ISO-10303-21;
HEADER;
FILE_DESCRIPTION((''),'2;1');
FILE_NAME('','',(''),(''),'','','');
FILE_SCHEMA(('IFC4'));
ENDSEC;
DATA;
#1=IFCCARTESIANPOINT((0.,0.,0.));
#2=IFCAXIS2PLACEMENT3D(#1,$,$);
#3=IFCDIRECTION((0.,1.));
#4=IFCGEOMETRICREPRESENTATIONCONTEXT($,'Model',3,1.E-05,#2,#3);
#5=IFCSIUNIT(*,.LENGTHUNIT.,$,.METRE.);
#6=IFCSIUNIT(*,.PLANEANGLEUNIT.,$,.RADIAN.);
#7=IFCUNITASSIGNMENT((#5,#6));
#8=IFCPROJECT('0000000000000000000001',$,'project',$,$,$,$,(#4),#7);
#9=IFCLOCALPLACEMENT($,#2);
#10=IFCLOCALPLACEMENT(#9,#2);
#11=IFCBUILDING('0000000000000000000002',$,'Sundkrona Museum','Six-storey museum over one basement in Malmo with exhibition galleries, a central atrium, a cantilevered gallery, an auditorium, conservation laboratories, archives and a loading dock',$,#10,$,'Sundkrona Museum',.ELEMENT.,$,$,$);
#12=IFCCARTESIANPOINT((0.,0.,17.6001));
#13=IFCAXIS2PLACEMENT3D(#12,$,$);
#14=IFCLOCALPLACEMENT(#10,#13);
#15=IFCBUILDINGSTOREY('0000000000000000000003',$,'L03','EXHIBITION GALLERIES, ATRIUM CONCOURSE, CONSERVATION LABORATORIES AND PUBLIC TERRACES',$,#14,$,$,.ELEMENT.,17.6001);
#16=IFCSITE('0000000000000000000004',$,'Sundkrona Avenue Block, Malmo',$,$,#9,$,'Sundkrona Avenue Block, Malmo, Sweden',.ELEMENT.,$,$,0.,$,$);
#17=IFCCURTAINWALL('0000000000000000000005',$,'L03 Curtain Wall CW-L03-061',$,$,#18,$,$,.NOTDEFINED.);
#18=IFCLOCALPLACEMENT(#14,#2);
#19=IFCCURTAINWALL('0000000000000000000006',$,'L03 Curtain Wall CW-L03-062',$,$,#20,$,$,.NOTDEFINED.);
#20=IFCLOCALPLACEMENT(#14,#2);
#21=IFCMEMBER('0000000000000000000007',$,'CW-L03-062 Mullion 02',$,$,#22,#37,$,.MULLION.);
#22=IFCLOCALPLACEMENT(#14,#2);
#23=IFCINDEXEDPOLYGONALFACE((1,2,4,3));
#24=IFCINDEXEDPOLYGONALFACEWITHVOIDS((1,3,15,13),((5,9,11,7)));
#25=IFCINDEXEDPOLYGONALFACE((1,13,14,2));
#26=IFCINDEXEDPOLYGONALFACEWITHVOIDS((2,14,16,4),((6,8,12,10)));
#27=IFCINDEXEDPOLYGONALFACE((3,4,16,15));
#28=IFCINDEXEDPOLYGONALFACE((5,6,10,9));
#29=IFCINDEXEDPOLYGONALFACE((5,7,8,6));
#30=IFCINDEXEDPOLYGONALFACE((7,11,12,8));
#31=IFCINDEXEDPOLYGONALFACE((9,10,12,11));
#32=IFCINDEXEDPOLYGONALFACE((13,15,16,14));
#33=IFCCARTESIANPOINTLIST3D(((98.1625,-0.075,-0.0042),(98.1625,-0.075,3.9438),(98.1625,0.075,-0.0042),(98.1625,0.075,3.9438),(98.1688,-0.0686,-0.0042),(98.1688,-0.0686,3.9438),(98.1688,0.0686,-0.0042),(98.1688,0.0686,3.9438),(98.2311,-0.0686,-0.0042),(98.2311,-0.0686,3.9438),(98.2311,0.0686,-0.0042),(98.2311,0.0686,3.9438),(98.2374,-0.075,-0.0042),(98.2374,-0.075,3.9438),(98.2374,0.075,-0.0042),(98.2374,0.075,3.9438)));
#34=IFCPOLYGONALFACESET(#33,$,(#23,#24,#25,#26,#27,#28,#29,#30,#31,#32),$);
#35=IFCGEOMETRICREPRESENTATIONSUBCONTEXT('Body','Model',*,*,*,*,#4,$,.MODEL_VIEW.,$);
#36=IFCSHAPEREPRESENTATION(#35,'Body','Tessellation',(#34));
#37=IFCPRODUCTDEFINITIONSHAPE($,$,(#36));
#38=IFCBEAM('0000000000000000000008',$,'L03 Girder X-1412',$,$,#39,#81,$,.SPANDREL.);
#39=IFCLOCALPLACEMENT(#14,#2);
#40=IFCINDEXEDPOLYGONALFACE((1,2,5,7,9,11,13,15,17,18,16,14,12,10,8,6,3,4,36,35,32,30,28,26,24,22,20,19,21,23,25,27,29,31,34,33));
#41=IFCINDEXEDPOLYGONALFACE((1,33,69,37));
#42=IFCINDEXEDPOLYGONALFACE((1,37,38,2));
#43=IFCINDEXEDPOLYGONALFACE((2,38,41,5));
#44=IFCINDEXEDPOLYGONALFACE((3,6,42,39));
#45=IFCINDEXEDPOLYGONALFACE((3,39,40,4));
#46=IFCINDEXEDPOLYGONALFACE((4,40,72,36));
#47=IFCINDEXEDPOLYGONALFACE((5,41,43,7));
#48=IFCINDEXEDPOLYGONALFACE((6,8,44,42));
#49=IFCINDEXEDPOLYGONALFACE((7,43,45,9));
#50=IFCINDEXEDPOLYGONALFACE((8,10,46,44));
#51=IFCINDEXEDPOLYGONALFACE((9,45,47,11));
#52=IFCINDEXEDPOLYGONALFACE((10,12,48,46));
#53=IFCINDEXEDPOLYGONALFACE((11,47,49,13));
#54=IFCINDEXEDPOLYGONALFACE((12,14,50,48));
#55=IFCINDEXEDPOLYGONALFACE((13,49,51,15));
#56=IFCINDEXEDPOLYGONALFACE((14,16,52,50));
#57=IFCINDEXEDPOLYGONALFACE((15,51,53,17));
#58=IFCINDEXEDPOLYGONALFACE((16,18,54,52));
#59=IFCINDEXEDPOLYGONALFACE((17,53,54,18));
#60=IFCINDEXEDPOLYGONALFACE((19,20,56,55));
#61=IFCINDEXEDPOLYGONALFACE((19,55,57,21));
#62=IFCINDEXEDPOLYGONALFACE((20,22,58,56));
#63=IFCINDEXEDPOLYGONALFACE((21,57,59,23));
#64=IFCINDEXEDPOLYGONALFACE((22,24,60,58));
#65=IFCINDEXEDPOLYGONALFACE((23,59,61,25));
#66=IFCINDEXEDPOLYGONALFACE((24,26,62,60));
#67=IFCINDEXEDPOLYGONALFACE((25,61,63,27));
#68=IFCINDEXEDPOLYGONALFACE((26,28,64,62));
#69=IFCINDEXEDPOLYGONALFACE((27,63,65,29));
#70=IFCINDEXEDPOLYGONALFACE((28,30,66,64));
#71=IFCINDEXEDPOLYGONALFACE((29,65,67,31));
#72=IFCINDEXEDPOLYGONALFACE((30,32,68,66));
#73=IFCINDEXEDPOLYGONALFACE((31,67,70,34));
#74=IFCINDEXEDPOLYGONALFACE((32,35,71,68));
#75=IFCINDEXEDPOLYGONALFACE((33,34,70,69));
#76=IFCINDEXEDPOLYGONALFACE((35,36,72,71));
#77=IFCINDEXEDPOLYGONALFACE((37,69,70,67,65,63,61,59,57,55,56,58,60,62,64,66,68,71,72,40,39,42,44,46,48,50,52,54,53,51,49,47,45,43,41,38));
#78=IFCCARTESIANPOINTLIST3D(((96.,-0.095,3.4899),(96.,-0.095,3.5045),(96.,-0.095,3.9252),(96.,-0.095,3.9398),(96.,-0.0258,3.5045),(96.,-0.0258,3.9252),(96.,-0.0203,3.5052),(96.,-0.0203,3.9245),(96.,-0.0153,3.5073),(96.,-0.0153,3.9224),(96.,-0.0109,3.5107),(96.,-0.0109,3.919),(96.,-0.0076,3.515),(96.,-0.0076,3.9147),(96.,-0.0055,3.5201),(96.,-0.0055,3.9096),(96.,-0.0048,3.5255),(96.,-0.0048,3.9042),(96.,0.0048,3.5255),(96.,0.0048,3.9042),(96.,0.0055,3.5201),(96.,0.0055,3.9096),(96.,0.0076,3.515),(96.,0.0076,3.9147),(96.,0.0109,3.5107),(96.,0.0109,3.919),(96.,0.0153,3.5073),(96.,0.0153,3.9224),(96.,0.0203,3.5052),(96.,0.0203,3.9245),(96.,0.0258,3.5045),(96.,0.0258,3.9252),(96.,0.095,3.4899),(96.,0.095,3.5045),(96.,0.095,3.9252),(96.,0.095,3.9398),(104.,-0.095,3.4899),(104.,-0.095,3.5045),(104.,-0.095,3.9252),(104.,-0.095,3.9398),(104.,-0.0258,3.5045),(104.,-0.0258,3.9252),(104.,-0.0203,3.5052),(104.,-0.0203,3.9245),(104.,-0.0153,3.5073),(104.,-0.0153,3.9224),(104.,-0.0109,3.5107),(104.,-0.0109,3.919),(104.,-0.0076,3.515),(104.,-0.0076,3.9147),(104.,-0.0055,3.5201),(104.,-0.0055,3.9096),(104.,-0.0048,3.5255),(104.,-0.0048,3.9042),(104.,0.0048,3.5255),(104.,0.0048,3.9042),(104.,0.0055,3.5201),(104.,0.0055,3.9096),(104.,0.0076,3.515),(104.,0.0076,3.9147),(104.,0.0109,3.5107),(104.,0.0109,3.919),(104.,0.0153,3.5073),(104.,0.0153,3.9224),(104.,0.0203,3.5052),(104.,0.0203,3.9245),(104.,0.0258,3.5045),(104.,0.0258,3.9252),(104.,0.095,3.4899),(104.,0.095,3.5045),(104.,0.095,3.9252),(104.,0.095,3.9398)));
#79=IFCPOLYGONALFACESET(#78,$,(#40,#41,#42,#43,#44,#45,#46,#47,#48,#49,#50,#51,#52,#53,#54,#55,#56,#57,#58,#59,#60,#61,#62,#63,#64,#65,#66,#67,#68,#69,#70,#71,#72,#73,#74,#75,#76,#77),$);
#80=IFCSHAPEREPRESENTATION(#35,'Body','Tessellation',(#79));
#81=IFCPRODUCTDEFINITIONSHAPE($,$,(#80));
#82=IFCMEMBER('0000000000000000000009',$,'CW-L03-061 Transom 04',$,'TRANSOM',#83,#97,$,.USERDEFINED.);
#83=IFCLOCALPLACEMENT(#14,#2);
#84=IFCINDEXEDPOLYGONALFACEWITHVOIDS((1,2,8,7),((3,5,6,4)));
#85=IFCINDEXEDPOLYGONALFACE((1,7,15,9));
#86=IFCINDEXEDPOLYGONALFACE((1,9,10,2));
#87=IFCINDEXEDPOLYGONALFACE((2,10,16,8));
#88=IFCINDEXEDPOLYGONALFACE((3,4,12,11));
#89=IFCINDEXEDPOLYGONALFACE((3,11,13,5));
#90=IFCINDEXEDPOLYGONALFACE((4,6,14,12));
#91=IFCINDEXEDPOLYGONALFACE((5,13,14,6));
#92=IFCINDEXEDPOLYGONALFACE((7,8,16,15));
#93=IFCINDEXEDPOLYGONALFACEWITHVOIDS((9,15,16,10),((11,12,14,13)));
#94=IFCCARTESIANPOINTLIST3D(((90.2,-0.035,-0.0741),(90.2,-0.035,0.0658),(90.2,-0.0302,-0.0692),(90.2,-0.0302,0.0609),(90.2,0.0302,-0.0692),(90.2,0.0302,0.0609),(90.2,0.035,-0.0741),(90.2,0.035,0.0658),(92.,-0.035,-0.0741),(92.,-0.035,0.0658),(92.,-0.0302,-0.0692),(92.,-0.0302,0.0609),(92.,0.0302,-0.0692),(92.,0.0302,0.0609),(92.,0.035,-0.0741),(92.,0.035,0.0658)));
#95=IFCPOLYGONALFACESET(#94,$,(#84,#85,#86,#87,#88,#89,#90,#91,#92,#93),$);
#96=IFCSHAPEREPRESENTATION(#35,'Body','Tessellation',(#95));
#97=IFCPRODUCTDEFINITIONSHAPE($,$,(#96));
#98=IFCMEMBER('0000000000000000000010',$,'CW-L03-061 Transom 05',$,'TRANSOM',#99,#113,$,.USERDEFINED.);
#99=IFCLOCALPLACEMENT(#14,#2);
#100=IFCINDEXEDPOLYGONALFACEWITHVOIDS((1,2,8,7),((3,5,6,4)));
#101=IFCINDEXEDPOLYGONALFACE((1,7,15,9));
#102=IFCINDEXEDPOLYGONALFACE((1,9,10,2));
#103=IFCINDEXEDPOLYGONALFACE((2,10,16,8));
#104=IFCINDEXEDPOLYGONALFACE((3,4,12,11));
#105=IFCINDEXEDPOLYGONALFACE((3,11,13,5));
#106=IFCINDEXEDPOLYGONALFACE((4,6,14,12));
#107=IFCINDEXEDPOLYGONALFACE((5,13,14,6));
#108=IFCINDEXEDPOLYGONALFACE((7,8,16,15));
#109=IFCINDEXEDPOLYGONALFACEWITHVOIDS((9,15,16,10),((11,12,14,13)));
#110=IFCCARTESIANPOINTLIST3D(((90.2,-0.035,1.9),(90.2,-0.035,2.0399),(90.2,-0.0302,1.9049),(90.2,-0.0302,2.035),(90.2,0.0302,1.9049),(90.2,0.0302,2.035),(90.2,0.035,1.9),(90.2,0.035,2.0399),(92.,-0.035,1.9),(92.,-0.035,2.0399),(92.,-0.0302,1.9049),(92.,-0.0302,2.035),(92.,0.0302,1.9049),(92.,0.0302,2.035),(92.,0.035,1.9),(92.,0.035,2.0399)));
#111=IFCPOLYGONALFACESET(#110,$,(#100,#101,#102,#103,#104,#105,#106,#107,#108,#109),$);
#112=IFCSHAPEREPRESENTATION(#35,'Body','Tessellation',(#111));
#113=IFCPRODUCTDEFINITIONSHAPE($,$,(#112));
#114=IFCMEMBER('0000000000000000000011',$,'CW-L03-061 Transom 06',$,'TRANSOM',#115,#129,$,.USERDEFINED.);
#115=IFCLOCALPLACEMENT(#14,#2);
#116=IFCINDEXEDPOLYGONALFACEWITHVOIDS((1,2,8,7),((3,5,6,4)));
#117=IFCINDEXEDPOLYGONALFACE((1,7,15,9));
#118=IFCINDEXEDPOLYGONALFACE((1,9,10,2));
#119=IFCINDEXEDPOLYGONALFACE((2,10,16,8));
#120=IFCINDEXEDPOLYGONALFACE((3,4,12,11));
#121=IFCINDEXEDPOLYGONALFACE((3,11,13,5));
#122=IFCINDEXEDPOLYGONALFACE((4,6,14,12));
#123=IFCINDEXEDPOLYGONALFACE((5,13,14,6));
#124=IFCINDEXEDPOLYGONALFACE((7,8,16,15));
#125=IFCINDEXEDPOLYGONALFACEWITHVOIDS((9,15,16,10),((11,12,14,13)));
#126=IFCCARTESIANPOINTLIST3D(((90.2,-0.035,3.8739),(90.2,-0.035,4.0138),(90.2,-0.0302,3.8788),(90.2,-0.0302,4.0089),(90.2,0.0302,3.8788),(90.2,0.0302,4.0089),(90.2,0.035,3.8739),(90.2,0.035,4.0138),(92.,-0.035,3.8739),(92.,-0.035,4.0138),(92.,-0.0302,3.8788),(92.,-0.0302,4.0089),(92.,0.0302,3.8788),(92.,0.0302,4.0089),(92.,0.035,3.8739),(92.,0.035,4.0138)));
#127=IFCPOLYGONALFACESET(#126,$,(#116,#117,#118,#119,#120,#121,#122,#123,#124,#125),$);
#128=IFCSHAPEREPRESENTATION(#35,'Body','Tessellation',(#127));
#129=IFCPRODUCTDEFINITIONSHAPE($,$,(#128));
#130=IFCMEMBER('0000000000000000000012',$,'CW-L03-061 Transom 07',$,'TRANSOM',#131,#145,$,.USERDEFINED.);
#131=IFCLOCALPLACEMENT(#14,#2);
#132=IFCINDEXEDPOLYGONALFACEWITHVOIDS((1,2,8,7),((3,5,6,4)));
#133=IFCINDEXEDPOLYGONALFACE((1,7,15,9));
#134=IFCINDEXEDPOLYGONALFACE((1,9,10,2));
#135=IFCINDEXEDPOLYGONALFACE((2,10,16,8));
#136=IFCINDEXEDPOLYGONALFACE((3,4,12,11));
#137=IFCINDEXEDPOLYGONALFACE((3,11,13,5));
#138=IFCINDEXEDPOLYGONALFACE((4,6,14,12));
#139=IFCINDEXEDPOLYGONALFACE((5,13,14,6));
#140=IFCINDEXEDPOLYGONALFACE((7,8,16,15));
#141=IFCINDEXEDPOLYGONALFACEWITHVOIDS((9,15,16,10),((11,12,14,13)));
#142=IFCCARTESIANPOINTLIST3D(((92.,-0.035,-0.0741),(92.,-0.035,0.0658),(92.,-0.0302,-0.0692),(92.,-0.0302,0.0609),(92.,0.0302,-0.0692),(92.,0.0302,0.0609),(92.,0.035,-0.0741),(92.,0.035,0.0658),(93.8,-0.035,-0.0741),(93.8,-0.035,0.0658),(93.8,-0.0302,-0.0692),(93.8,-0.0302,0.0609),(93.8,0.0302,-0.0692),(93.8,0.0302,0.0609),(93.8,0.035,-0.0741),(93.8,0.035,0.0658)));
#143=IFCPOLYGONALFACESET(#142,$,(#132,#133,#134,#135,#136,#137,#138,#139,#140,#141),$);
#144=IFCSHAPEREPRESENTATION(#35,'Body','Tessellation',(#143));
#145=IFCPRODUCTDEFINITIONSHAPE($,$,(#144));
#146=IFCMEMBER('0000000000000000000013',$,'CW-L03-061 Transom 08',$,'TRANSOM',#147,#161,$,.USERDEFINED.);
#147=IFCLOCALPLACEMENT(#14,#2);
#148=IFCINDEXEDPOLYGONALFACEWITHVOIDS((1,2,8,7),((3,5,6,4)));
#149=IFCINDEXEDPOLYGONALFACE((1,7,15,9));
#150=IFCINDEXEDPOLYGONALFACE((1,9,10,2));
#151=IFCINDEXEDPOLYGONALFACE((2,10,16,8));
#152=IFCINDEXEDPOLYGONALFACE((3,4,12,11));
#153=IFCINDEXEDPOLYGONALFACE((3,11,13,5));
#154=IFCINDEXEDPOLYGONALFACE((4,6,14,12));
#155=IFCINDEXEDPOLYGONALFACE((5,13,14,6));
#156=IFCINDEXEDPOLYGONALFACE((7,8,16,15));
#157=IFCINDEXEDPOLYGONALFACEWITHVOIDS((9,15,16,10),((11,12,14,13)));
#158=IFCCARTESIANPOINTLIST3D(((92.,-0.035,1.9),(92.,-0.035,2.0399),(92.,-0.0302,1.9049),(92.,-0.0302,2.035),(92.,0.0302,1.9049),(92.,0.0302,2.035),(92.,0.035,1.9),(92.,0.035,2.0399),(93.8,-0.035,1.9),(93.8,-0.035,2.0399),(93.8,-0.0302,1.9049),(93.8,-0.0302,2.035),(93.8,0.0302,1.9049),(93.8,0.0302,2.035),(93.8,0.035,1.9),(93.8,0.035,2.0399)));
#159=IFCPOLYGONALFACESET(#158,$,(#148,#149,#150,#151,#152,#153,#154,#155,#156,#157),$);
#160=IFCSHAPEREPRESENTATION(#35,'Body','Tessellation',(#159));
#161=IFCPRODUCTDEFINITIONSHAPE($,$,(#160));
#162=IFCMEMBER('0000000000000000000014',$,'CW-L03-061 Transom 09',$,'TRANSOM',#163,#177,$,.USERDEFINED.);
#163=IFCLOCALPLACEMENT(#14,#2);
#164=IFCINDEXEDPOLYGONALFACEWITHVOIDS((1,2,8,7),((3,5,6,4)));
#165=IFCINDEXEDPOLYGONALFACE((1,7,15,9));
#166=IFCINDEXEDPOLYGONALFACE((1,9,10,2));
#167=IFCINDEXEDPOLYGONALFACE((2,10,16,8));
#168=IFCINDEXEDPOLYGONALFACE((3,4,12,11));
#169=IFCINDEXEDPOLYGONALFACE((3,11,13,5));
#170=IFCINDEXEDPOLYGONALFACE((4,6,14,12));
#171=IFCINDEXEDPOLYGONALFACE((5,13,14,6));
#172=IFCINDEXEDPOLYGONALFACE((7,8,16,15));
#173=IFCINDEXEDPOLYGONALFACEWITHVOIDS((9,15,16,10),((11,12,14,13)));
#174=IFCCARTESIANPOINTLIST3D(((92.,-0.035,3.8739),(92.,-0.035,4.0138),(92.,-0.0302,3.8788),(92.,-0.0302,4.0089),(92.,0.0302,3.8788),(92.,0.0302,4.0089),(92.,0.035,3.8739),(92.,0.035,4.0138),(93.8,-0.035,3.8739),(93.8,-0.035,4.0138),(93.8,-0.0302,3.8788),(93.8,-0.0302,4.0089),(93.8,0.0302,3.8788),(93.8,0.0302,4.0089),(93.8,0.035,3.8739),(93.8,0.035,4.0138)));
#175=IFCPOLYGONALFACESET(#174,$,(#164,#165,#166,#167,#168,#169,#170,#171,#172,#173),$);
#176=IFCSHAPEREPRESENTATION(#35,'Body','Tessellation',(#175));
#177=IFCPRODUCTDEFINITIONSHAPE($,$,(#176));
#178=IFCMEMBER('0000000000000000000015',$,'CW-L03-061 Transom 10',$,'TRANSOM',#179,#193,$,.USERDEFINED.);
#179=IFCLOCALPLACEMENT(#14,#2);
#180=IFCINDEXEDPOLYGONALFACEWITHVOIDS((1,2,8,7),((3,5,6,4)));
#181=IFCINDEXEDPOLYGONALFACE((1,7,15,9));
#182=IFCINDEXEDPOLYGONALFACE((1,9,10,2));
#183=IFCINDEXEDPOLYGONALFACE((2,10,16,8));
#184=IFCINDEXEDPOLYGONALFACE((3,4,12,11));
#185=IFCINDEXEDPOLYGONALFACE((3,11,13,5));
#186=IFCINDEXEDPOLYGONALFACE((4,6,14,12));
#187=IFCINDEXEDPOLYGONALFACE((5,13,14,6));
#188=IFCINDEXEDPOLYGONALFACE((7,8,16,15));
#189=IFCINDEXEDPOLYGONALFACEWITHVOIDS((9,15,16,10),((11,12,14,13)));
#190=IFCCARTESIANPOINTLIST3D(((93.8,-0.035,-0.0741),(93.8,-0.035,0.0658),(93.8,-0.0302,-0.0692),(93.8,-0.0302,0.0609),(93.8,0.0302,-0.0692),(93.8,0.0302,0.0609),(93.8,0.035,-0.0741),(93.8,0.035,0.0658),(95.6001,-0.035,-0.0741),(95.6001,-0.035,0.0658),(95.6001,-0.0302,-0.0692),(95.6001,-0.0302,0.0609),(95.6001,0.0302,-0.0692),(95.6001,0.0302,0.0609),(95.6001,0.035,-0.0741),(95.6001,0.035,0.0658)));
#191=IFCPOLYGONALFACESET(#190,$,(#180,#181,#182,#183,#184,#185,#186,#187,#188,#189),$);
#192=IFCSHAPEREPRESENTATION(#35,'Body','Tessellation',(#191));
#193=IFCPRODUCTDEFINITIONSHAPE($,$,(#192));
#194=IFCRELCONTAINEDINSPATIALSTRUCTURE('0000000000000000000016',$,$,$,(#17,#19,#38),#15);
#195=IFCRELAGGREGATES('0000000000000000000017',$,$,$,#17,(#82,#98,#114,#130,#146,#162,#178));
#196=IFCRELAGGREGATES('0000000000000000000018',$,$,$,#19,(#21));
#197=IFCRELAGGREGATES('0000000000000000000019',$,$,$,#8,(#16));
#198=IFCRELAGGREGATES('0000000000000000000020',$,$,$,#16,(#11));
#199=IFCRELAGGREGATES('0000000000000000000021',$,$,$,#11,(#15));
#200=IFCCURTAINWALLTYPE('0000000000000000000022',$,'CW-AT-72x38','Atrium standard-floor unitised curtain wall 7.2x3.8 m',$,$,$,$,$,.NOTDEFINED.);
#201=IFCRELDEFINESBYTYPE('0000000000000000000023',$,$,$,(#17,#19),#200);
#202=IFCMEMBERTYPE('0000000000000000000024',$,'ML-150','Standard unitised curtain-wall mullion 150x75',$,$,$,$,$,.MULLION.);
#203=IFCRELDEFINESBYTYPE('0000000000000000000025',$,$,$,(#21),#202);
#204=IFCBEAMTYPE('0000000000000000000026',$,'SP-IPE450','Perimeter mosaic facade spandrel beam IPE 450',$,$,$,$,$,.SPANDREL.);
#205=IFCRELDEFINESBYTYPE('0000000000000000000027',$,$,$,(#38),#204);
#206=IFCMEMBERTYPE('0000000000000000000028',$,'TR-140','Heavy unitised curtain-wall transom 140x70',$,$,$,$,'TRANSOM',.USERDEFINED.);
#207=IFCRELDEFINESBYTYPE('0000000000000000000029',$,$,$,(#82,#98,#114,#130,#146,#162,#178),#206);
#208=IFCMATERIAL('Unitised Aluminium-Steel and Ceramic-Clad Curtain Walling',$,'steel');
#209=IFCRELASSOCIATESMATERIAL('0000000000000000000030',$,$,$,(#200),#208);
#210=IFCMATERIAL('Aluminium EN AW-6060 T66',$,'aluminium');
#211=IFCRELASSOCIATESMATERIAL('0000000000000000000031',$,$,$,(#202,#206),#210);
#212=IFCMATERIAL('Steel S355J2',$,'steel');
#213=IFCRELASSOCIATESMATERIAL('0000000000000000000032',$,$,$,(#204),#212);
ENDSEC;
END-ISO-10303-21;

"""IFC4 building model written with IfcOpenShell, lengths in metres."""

from ifc_helpers import new_model, si_unit, direction, frame, origin, origin_2d, place, context, subcontext, project, spatial, hollow_rectangle, i_section, extrude, material, material_profile, profile_set, type_object, element, aggregate, save


model = new_model("IFC4")

# Units and contexts
model_context = context("Model", 3, precision=1e-05, world=origin(), true_north=direction((0.0, 1.0)))
body_context = subcontext(model_context, "Body", "Model", "MODEL_VIEW")
ifc_project = project(units=[si_unit("LENGTHUNIT", "METRE"), si_unit("PLANEANGLEUNIT", "RADIAN")], contexts=[model_context])

# Site, building, storey
site_placement = place(None, origin())
site = spatial("IfcSite", under=ifc_project, at=site_placement, Name="Sundkrona Avenue Block, Malmo", LongName="Sundkrona Avenue Block, Malmo, Sweden", CompositionType="ELEMENT", RefElevation=0.0)
building_placement = place(site_placement, origin())
building = spatial("IfcBuilding", under=site, at=building_placement, Name="Sundkrona Museum", Description="Six-storey museum over one basement in Malmo with exhibition galleries, a central atrium, a cantilevered gallery, an auditorium, conservation laboratories, archives and a loading dock", LongName="Sundkrona Museum", CompositionType="ELEMENT")
storey_placement = place(building_placement, frame((0.0, 0.0, 17.6001)))
storey = spatial("IfcBuildingStorey", under=building, at=storey_placement, Name="L03", Description="EXHIBITION GALLERIES, ATRIUM CONCOURSE, CONSERVATION LABORATORIES AND PUBLIC TERRACES", CompositionType="ELEMENT", Elevation=17.6001)

# Shared definitions
ifc_material_1 = material(Name="Steel S355J2", Category="steel")

# Curtain walls, member
ifc_material_2 = material(Name="Unitised Aluminium-Steel and Ceramic-Clad Curtain Walling", Category="steel")
curtain_wall_type = type_object("IfcCurtainWallType", Name="CW-AT-72x38", Description="Atrium standard-floor unitised curtain wall 7.2x3.8 m", PredefinedType="NOTDEFINED", material=ifc_material_2)
curtain_wall_1_placement = place(storey_placement, origin())
curtain_wall_1 = element("IfcCurtainWall", 1, at=curtain_wall_1_placement, inside=storey, type_object=curtain_wall_type, Name="L03 Curtain Wall CW-L03-061", PredefinedType="NOTDEFINED")
ifc_material_3 = material(Name="Aluminium EN AW-6060 T66", Category="aluminium")
ifc_material_profile_1 = material_profile(ifc_material_3, hollow_rectangle(XDim=0.075, YDim=0.1499, WallThickness=0.0063, at=origin_2d()), Name="RHS 150x75x6.3")
ifc_profile_set_1 = profile_set([ifc_material_profile_1], Name="Aluminium EN AW-6060 T66")
member_type_1 = type_object("IfcMemberType", Name="ML-150", Description="Standard unitised curtain-wall mullion 150x75", PredefinedType="MULLION", material=ifc_profile_set_1)
curtain_wall_2_placement = place(storey_placement, origin())
curtain_wall_2 = element("IfcCurtainWall", 2, at=curtain_wall_2_placement, inside=storey, type_object=curtain_wall_type, Name="L03 Curtain Wall CW-L03-062", PredefinedType="NOTDEFINED")
member_1_placement = place(storey_placement, frame((98.2, 0.0, -0.0042), z_axis=(0.0, 0.0, 1.0), x_axis=(1.0, 0.0, 0.0)))
member_1 = element("IfcMember", 3, at=member_1_placement, type_object=member_type_1, Name="CW-L03-062 Mullion 02", PredefinedType="MULLION", context=body_context, shape_type="SweptSolid", body=[
    extrude(hollow_rectangle(XDim=0.075, YDim=0.1499, WallThickness=0.0063, at=origin_2d()), origin(), (0.0, 0.0, 1.0), 3.948),
])

# Beam
ifc_material_profile_2 = material_profile(ifc_material_1, i_section(OverallWidth=0.1899, OverallDepth=0.45, WebThickness=0.0095, FlangeThickness=0.0146, FilletRadius=0.021, at=origin_2d()), Name="IPE 450")
ifc_profile_set_2 = profile_set([ifc_material_profile_2], Name="Steel S355J2")
beam_type_1 = type_object("IfcBeamType", Name="SP-IPE450", Description="Perimeter mosaic facade spandrel beam IPE 450", PredefinedType="SPANDREL", material=ifc_profile_set_2)
beam_1_placement = place(storey_placement, frame((96.0, 0.0, 3.7148), z_axis=(1.0, 0.0, 0.0), x_axis=(0.0, 1.0, 0.0)))
element("IfcBeam", 4, at=beam_1_placement, inside=storey, type_object=beam_type_1, Name="L03 Girder X-1412", PredefinedType="SPANDREL", context=body_context, shape_type="SweptSolid", body=[
    extrude(i_section(OverallWidth=0.1899, OverallDepth=0.45, WebThickness=0.0095, FlangeThickness=0.0146, FilletRadius=0.021, at=origin_2d()), origin(), (0.0, 0.0, 1.0), 8.0),
])

# Members
ifc_material_profile_3 = material_profile(ifc_material_3, hollow_rectangle(XDim=0.0701, YDim=0.1399, WallThickness=0.0049, at=origin_2d()), Name="RHS 140x70x5.0")
ifc_profile_set_3 = profile_set([ifc_material_profile_3], Name="Aluminium EN AW-6060 T66")
member_type_2 = type_object("IfcMemberType", Name="TR-140", Description="Heavy unitised curtain-wall transom 140x70", ElementType="TRANSOM", PredefinedType="USERDEFINED", material=ifc_profile_set_3)
member_2_placement = place(storey_placement, frame((90.2, 0.0, -0.0042), z_axis=(1.0, 0.0, 0.0), x_axis=(0.0, 1.0, 0.0)))
member_2 = element("IfcMember", 5, at=member_2_placement, type_object=member_type_2, Name="CW-L03-061 Transom 04", ObjectType="TRANSOM", PredefinedType="USERDEFINED", context=body_context, shape_type="SweptSolid", body=[
    extrude(hollow_rectangle(XDim=0.0701, YDim=0.1399, WallThickness=0.0049, at=origin_2d()), origin(), (0.0, 0.0, 1.0), 1.8),
])
member_3_placement = place(storey_placement, frame((90.2, 0.0, 1.97), z_axis=(1.0, 0.0, 0.0), x_axis=(0.0, 1.0, 0.0)))
member_3 = element("IfcMember", 6, at=member_3_placement, type_object=member_type_2, Name="CW-L03-061 Transom 05", ObjectType="TRANSOM", PredefinedType="USERDEFINED", context=body_context, shape_type="SweptSolid", body=[
    extrude(hollow_rectangle(XDim=0.0701, YDim=0.1399, WallThickness=0.0049, at=origin_2d()), origin(), (0.0, 0.0, 1.0), 1.8),
])
member_4_placement = place(storey_placement, frame((90.2, 0.0, 3.9438), z_axis=(1.0, 0.0, 0.0), x_axis=(0.0, 1.0, 0.0)))
member_4 = element("IfcMember", 7, at=member_4_placement, type_object=member_type_2, Name="CW-L03-061 Transom 06", ObjectType="TRANSOM", PredefinedType="USERDEFINED", context=body_context, shape_type="SweptSolid", body=[
    extrude(hollow_rectangle(XDim=0.0701, YDim=0.1399, WallThickness=0.0049, at=origin_2d()), origin(), (0.0, 0.0, 1.0), 1.8),
])
member_5_placement = place(storey_placement, frame((92.0, 0.0, -0.0042), z_axis=(1.0, 0.0, 0.0), x_axis=(0.0, 1.0, 0.0)))
member_5 = element("IfcMember", 8, at=member_5_placement, type_object=member_type_2, Name="CW-L03-061 Transom 07", ObjectType="TRANSOM", PredefinedType="USERDEFINED", context=body_context, shape_type="SweptSolid", body=[
    extrude(hollow_rectangle(XDim=0.0701, YDim=0.1399, WallThickness=0.0049, at=origin_2d()), origin(), (0.0, 0.0, 1.0), 1.8),
])
member_6_placement = place(storey_placement, frame((92.0, 0.0, 1.97), z_axis=(1.0, 0.0, 0.0), x_axis=(0.0, 1.0, 0.0)))
member_6 = element("IfcMember", 9, at=member_6_placement, type_object=member_type_2, Name="CW-L03-061 Transom 08", ObjectType="TRANSOM", PredefinedType="USERDEFINED", context=body_context, shape_type="SweptSolid", body=[
    extrude(hollow_rectangle(XDim=0.0701, YDim=0.1399, WallThickness=0.0049, at=origin_2d()), origin(), (0.0, 0.0, 1.0), 1.8),
])
member_7_placement = place(storey_placement, frame((92.0, 0.0, 3.9438), z_axis=(1.0, 0.0, 0.0), x_axis=(0.0, 1.0, 0.0)))
member_7 = element("IfcMember", 10, at=member_7_placement, type_object=member_type_2, Name="CW-L03-061 Transom 09", ObjectType="TRANSOM", PredefinedType="USERDEFINED", context=body_context, shape_type="SweptSolid", body=[
    extrude(hollow_rectangle(XDim=0.0701, YDim=0.1399, WallThickness=0.0049, at=origin_2d()), origin(), (0.0, 0.0, 1.0), 1.8),
])
member_8_placement = place(storey_placement, frame((93.8, 0.0, -0.0042), z_axis=(1.0, 0.0, 0.0), x_axis=(0.0, 1.0, 0.0)))
member_8 = element("IfcMember", 11, at=member_8_placement, type_object=member_type_2, Name="CW-L03-061 Transom 10", ObjectType="TRANSOM", PredefinedType="USERDEFINED", context=body_context, shape_type="SweptSolid", body=[
    extrude(hollow_rectangle(XDim=0.0701, YDim=0.1399, WallThickness=0.0049, at=origin_2d()), origin(), (0.0, 0.0, 1.0), 1.8),
])

aggregate(curtain_wall_1, [member_2, member_3, member_4, member_5, member_6, member_7, member_8])
aggregate(curtain_wall_2, [member_1])

save(model, "model.ifc")
